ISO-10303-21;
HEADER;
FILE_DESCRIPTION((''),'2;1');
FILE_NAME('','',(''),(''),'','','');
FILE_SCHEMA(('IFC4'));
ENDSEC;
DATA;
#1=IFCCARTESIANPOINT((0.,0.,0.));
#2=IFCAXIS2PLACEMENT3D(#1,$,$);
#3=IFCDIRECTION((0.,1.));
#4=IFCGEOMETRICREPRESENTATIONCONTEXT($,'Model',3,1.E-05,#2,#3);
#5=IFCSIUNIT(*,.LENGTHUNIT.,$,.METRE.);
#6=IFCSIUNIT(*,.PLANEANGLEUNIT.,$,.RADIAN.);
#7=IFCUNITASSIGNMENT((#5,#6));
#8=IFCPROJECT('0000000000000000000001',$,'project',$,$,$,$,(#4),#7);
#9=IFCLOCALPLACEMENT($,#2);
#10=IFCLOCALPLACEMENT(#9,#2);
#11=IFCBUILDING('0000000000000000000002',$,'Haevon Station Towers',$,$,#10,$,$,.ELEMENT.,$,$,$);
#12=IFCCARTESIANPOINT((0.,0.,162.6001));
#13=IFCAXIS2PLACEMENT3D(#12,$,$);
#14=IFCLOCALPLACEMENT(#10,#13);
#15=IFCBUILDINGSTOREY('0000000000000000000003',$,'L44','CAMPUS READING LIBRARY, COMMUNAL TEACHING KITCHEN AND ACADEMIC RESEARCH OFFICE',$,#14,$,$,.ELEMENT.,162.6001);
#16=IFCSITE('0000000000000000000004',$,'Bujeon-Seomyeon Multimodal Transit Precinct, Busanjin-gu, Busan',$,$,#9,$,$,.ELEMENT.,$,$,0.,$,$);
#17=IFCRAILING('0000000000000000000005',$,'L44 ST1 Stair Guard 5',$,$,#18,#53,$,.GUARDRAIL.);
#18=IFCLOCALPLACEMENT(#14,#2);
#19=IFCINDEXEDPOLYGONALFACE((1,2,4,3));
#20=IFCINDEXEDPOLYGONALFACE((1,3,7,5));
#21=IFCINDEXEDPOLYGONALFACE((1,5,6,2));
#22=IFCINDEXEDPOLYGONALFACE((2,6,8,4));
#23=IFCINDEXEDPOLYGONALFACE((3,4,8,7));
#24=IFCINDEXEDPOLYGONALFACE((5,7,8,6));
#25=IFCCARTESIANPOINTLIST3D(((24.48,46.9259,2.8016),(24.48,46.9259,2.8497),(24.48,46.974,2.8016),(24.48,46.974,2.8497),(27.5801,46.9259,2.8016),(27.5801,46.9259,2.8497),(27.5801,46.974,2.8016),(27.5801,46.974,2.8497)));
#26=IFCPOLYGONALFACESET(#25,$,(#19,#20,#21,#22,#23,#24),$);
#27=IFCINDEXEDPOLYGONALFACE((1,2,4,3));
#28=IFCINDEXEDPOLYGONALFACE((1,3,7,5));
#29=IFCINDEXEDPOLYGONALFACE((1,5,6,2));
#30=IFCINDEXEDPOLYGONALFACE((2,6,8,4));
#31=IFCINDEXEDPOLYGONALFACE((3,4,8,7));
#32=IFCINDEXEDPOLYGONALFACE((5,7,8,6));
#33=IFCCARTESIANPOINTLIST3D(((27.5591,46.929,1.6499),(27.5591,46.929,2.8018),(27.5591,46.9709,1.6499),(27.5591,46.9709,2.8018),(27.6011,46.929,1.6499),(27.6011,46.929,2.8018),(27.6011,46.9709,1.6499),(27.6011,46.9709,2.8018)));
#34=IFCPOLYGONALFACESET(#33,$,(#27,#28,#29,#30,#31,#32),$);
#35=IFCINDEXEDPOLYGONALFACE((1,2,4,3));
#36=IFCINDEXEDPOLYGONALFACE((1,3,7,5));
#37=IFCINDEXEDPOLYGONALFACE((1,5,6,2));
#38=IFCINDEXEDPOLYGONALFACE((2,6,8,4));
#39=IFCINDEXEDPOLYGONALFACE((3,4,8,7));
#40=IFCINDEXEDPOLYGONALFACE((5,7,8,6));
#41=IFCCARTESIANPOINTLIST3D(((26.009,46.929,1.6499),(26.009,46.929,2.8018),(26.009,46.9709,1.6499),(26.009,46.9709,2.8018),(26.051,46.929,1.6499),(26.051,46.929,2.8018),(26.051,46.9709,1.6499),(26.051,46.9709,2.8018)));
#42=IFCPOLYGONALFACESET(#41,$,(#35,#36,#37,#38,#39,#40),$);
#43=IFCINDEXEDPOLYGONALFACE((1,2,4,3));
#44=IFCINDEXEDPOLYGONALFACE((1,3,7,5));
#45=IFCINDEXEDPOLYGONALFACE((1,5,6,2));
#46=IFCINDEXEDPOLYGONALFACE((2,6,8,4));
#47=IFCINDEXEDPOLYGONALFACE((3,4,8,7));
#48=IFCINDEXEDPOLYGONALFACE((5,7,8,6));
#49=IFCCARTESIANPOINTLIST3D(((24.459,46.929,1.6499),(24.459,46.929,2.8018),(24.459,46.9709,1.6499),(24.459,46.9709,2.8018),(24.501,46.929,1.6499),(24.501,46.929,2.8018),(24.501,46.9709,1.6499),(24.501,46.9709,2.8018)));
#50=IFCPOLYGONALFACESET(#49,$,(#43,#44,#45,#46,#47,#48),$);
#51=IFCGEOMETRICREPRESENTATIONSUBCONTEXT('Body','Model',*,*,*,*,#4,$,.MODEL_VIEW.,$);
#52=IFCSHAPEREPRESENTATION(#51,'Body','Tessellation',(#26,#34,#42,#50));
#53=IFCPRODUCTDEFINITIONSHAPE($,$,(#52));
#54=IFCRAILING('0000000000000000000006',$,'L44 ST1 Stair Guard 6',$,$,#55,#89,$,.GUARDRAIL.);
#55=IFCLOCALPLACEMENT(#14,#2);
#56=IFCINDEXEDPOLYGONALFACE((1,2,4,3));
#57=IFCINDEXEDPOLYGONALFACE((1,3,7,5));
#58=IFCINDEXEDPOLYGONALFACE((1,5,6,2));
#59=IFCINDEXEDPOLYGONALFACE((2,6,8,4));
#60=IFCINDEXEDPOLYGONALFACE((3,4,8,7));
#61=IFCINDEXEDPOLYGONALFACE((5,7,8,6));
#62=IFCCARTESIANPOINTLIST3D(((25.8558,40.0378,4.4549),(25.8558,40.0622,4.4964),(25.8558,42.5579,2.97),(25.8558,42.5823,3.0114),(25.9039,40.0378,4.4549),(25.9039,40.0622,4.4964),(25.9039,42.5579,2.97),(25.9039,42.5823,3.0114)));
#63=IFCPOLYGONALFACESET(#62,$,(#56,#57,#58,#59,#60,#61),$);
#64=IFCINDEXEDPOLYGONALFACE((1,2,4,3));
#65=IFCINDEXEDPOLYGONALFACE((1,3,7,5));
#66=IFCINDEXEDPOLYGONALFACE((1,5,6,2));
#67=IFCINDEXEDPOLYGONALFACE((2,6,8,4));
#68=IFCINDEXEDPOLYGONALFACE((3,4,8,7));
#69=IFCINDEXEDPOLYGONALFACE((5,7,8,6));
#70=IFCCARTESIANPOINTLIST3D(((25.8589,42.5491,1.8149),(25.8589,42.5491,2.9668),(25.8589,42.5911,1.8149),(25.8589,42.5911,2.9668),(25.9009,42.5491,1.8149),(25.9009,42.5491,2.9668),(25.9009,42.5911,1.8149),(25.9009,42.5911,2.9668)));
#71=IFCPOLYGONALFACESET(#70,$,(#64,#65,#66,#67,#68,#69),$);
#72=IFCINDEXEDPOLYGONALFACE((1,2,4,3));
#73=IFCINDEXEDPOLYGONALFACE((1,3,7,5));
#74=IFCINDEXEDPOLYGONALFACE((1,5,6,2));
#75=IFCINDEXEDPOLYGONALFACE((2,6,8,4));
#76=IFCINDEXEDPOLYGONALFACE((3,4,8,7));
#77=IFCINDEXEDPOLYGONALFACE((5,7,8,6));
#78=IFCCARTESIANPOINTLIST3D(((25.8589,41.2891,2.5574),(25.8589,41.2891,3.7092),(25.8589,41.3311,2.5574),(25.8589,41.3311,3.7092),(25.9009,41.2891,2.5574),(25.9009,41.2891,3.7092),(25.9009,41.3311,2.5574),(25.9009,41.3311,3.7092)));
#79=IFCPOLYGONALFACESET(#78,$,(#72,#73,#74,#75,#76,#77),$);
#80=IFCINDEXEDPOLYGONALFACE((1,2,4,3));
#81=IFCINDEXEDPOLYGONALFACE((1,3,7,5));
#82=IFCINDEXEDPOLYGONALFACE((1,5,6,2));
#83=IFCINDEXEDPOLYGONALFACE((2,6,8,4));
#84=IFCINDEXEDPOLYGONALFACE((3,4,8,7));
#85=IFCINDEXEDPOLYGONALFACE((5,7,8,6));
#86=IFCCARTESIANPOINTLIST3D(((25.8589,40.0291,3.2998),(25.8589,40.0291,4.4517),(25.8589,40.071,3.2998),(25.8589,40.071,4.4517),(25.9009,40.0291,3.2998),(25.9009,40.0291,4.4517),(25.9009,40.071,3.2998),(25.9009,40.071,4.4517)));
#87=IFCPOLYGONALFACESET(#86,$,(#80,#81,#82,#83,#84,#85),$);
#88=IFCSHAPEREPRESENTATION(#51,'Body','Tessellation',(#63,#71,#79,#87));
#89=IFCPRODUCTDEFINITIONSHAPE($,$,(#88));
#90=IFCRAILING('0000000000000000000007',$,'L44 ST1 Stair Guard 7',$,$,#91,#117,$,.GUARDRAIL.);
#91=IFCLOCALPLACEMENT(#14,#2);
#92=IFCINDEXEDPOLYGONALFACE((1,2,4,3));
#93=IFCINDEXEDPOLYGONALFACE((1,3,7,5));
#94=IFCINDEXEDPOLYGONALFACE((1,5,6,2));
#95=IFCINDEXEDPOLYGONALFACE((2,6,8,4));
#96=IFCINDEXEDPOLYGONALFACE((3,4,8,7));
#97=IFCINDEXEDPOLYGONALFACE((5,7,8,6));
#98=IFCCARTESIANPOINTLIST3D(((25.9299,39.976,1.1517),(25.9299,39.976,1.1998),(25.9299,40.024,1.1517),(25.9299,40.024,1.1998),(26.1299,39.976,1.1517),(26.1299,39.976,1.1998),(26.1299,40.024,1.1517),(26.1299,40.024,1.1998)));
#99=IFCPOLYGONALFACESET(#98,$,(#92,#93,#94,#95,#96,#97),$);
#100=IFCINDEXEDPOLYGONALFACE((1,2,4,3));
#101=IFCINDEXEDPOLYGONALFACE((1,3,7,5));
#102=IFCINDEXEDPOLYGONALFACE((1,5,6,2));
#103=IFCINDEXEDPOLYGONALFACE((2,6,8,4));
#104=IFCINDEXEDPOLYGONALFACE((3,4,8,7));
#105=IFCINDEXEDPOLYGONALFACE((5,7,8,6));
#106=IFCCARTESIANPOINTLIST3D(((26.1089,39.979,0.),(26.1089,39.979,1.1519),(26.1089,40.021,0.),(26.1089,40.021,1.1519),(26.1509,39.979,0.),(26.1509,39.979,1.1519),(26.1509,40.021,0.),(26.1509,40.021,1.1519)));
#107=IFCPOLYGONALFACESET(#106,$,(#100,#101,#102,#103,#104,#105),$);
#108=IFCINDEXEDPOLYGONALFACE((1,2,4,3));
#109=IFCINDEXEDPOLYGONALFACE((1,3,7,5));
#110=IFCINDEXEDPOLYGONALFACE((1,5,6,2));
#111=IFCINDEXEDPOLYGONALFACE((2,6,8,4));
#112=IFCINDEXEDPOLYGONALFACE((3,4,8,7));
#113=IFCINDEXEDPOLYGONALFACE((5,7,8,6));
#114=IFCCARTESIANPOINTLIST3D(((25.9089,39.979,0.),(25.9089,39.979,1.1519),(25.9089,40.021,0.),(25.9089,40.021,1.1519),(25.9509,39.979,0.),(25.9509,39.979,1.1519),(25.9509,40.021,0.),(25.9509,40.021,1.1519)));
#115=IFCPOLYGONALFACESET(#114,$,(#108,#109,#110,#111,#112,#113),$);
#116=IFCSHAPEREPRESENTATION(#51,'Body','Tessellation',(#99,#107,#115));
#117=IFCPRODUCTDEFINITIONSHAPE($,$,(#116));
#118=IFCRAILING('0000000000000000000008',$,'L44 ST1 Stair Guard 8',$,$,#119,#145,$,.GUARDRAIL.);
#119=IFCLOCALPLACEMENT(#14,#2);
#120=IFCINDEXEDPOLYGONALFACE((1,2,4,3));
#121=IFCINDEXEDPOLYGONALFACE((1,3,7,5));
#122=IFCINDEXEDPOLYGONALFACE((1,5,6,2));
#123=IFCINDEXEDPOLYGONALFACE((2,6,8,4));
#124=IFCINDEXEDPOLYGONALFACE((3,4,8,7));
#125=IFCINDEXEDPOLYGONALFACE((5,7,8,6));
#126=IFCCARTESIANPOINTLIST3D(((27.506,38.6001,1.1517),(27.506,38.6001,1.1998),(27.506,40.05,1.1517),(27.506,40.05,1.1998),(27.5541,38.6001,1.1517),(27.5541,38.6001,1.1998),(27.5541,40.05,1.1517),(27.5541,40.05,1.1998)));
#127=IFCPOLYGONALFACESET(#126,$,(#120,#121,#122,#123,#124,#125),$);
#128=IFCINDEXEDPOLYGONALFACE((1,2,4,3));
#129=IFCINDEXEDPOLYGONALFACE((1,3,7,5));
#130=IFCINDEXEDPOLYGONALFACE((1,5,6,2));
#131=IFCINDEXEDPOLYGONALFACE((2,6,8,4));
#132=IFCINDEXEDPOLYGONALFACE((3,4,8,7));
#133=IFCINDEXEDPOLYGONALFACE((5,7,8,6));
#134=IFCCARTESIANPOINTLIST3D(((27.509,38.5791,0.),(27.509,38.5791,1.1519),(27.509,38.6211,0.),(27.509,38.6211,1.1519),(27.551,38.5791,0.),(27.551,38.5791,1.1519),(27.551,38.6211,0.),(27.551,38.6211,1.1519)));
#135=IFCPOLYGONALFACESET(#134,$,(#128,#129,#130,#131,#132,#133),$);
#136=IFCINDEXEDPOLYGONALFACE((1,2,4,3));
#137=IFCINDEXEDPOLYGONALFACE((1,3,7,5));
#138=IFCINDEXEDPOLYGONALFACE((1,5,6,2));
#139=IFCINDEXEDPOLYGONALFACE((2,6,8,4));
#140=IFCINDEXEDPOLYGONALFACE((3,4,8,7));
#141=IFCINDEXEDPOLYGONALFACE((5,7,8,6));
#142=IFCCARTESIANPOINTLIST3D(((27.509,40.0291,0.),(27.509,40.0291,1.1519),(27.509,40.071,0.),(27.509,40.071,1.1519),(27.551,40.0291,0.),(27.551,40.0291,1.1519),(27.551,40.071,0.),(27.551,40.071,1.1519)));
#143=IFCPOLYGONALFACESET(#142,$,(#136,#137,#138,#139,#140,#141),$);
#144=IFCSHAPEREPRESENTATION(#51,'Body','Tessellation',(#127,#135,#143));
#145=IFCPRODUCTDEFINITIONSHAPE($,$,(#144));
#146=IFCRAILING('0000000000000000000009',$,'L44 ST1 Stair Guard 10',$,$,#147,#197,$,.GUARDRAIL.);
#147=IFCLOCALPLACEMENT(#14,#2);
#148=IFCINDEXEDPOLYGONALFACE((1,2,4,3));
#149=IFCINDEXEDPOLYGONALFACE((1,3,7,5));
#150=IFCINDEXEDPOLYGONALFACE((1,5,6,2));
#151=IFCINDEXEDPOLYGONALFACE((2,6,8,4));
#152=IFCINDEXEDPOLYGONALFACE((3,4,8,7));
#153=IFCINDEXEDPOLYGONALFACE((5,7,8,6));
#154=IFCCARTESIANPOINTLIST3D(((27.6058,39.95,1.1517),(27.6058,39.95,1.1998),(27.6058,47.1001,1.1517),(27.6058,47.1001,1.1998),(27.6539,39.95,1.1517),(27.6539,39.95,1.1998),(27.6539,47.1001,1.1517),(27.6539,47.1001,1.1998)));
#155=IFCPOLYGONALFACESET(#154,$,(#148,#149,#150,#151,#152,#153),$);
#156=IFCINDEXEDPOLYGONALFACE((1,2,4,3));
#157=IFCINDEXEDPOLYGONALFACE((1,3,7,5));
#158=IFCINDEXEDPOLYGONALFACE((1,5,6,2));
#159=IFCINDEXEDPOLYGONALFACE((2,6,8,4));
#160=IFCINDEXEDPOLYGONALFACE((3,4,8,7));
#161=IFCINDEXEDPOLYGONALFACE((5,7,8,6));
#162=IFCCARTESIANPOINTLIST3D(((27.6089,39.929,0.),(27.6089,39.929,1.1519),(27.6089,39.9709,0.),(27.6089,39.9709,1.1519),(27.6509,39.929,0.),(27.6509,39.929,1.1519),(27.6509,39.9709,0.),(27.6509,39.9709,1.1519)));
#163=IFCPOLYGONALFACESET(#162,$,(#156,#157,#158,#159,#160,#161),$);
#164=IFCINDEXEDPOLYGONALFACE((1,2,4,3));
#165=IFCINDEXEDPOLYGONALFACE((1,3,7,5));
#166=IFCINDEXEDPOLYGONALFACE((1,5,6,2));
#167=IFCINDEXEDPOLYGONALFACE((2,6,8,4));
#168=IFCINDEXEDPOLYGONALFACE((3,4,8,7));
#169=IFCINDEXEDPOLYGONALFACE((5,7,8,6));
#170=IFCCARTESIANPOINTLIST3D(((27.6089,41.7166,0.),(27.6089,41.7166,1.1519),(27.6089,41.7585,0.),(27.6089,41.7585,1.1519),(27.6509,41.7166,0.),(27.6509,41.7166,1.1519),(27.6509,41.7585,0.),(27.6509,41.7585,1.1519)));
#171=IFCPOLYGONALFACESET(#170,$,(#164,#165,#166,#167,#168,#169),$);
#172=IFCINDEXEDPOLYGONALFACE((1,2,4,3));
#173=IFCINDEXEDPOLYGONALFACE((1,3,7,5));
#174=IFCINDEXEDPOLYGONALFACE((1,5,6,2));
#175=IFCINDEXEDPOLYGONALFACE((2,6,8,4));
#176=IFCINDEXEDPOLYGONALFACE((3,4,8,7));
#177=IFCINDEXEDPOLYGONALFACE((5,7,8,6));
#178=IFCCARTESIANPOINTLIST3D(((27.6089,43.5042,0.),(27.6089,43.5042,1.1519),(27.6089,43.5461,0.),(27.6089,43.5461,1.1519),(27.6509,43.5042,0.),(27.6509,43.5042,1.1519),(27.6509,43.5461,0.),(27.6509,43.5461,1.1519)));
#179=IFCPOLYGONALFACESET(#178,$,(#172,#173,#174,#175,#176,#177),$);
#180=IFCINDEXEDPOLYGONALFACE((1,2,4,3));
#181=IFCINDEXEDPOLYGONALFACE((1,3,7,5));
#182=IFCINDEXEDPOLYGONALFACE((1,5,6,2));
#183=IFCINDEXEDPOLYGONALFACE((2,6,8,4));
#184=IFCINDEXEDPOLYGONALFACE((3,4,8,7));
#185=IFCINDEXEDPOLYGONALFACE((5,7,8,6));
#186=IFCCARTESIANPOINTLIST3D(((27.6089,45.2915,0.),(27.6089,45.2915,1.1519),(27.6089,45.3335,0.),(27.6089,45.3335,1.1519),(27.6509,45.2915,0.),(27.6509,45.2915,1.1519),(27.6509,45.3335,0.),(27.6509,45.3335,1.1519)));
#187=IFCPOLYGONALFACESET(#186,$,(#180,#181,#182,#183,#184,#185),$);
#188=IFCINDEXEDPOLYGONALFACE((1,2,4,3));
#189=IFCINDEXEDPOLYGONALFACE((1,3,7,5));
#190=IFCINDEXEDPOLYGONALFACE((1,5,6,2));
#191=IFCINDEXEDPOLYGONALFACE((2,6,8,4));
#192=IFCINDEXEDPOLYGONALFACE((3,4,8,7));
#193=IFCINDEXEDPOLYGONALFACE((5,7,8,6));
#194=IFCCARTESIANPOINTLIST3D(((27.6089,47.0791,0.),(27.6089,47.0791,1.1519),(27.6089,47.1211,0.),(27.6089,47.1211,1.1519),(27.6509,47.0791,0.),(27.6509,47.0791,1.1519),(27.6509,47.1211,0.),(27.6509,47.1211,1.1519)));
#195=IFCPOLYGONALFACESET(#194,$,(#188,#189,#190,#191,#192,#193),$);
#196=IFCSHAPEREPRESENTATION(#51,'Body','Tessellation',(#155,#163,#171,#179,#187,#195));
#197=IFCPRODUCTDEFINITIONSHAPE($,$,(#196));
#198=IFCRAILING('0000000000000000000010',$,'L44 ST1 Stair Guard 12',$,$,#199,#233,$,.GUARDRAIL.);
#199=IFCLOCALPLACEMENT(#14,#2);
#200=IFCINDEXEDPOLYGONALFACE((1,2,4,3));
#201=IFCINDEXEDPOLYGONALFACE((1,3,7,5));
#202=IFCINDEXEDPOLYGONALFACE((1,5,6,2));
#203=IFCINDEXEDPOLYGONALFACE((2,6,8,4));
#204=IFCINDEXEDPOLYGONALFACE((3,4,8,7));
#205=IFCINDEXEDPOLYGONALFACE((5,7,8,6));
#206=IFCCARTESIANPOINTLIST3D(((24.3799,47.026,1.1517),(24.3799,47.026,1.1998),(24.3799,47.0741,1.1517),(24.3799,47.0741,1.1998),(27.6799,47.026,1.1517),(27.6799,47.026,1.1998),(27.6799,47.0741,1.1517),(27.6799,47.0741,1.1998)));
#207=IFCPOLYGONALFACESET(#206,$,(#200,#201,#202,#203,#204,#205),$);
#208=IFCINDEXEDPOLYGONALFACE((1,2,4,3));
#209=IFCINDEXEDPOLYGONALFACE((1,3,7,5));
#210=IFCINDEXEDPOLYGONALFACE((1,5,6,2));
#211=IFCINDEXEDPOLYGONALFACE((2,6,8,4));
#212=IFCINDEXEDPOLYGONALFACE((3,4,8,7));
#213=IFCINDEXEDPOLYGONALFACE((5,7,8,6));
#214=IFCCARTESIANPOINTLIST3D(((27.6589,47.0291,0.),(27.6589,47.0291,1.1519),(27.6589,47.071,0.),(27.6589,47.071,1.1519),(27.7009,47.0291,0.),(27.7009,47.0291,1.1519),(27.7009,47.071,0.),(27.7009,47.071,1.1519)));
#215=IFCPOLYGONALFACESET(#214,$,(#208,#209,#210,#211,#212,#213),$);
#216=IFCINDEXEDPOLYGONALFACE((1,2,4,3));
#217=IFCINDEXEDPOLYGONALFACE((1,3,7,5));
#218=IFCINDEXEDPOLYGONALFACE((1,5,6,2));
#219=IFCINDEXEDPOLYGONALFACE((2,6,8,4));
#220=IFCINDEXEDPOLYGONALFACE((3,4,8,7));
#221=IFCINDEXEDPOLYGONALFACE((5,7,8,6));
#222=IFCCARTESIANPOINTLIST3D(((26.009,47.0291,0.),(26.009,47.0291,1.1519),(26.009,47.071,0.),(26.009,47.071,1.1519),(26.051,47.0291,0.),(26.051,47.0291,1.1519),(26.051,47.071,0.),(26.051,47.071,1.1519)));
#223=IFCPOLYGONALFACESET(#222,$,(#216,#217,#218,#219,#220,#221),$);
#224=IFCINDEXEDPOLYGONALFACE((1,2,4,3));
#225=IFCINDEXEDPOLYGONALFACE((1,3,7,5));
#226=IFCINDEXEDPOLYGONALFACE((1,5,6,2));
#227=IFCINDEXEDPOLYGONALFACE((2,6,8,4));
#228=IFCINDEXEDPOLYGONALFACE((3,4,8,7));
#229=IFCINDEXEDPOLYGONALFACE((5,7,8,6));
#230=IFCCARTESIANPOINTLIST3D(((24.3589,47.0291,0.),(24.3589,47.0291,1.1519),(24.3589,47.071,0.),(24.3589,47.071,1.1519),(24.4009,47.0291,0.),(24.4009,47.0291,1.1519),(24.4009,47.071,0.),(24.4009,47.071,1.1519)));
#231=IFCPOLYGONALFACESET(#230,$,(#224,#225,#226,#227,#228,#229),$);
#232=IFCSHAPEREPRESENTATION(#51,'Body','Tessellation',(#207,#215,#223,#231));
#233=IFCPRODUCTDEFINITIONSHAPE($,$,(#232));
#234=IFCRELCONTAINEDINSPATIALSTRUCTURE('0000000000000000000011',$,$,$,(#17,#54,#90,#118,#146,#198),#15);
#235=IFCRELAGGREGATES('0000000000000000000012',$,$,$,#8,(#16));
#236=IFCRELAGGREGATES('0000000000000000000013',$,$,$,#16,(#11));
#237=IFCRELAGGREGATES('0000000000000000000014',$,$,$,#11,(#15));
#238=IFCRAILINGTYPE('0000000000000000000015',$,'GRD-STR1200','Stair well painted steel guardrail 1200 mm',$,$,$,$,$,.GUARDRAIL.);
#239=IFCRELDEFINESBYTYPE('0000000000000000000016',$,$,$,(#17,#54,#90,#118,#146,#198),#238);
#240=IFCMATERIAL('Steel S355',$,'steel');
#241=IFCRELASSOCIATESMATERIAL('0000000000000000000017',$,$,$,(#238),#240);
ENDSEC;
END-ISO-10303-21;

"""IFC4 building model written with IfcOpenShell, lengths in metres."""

from ifc_helpers import new_model, si_unit, direction, frame, origin, origin_2d, place, context, subcontext, project, spatial, rectangle, extrude, material, type_object, element, save


model = new_model("IFC4")

# Units and contexts
model_context = context("Model", 3, precision=1e-05, world=origin(), true_north=direction((0.0, 1.0)))
body_context = subcontext(model_context, "Body", "Model", "MODEL_VIEW")
ifc_project = project(units=[si_unit("LENGTHUNIT", "METRE"), si_unit("PLANEANGLEUNIT", "RADIAN")], contexts=[model_context])

# Site, building, storey
site_placement = place(None, origin())
site = spatial("IfcSite", under=ifc_project, at=site_placement, Name="Bujeon-Seomyeon Multimodal Transit Precinct, Busanjin-gu, Busan", CompositionType="ELEMENT", RefElevation=0.0)
building_placement = place(site_placement, origin())
building = spatial("IfcBuilding", under=site, at=building_placement, Name="Haevon Station Towers", CompositionType="ELEMENT")
storey_placement = place(building_placement, frame((0.0, 0.0, 162.6001)))
storey = spatial("IfcBuildingStorey", under=building, at=storey_placement, Name="L44", Description="CAMPUS READING LIBRARY, COMMUNAL TEACHING KITCHEN AND ACADEMIC RESEARCH OFFICE", CompositionType="ELEMENT", Elevation=162.6001)

# Shared definitions
ifc_material_1 = material(Name="Steel S355", Category="steel")

# Railings
railing_type_1 = type_object("IfcRailingType", Name="GRD-STR1200", Description="Stair well painted steel guardrail 1200 mm", PredefinedType="GUARDRAIL", material=ifc_material_1)
railing_1_placement = place(storey_placement, frame((27.5801, 46.95, 1.6499)))
element("IfcRailing", 1, at=railing_1_placement, inside=storey, type_object=railing_type_1, Name="L44 ST1 Stair Guard 5", PredefinedType="GUARDRAIL", context=body_context, shape_type="SweptSolid", body=[
    extrude(rectangle(XDim=0.0481, YDim=0.0481, at=origin_2d()), frame((0.0, 0.0, 1.1758), z_axis=(-1.0, 0.0, 0.0), x_axis=(0.0, -1.0, 0.0)), (0.0, 0.0, 1.0), 3.1001),
    extrude(rectangle(XDim=0.042, YDim=0.042, at=origin_2d()), origin(), (0.0, 0.0, 1.0), 1.1519),
    extrude(rectangle(XDim=0.042, YDim=0.042, at=origin_2d()), frame((-1.55, 0.0, 0.0)), (0.0, 0.0, 1.0), 1.1519),
    extrude(rectangle(XDim=0.042, YDim=0.042, at=origin_2d()), frame((-3.1001, 0.0, 0.0)), (0.0, 0.0, 1.0), 1.1519),
])
railing_2_placement = place(storey_placement, frame((25.8799, 42.5701, 1.8149)))
element("IfcRailing", 2, at=railing_2_placement, inside=storey, type_object=railing_type_1, Name="L44 ST1 Stair Guard 6", PredefinedType="GUARDRAIL", context=body_context, shape_type="SweptSolid", body=[
    extrude(rectangle(XDim=0.0481, YDim=0.0481, at=origin_2d()), frame((0.0, 0.0, 1.1758), z_axis=(0.0, -0.861561, 0.507655), x_axis=(1.0, 0.0, 0.0)), (0.0, 0.0, 1.0), 2.925),
    extrude(rectangle(XDim=0.042, YDim=0.042, at=origin_2d()), origin(), (0.0, 0.0, 1.0), 1.1519),
    extrude(rectangle(XDim=0.042, YDim=0.042, at=origin_2d()), frame((0.0, -1.26, 0.7424)), (0.0, 0.0, 1.0), 1.1519),
    extrude(rectangle(XDim=0.042, YDim=0.042, at=origin_2d()), frame((0.0, -2.52, 1.4849)), (0.0, 0.0, 1.0), 1.1519),
])
railing_3_placement = place(storey_placement, frame((26.1299, 40.0, 0.0)))
element("IfcRailing", 3, at=railing_3_placement, inside=storey, type_object=railing_type_1, Name="L44 ST1 Stair Guard 7", PredefinedType="GUARDRAIL", context=body_context, shape_type="SweptSolid", body=[
    extrude(rectangle(XDim=0.0481, YDim=0.0481, at=origin_2d()), frame((0.0, 0.0, 1.1758), z_axis=(-1.0, 0.0, 0.0), x_axis=(0.0, -1.0, 0.0)), (0.0, 0.0, 1.0), 0.2),
    extrude(rectangle(XDim=0.042, YDim=0.042, at=origin_2d()), origin(), (0.0, 0.0, 1.0), 1.1519),
    extrude(rectangle(XDim=0.042, YDim=0.042, at=origin_2d()), frame((-0.2, 0.0, 0.0)), (0.0, 0.0, 1.0), 1.1519),
])
railing_4_placement = place(storey_placement, frame((27.53, 38.6001, 0.0)))
element("IfcRailing", 4, at=railing_4_placement, inside=storey, type_object=railing_type_1, Name="L44 ST1 Stair Guard 8", PredefinedType="GUARDRAIL", context=body_context, shape_type="SweptSolid", body=[
    extrude(rectangle(XDim=0.0481, YDim=0.0481, at=origin_2d()), frame((0.0, 0.0, 1.1758), z_axis=(0.0, 1.0, 0.0), x_axis=(-1.0, 0.0, 0.0)), (0.0, 0.0, 1.0), 1.45),
    extrude(rectangle(XDim=0.042, YDim=0.042, at=origin_2d()), origin(), (0.0, 0.0, 1.0), 1.1519),
    extrude(rectangle(XDim=0.042, YDim=0.042, at=origin_2d()), frame((0.0, 1.45, 0.0)), (0.0, 0.0, 1.0), 1.1519),
])
railing_5_placement = place(storey_placement, frame((27.6299, 39.95, 0.0)))
element("IfcRailing", 5, at=railing_5_placement, inside=storey, type_object=railing_type_1, Name="L44 ST1 Stair Guard 10", PredefinedType="GUARDRAIL", context=body_context, shape_type="SweptSolid", body=[
    extrude(rectangle(XDim=0.0481, YDim=0.0481, at=origin_2d()), frame((0.0, 0.0, 1.1758), z_axis=(0.0, 1.0, 0.0), x_axis=(-1.0, 0.0, 0.0)), (0.0, 0.0, 1.0), 7.1501),
    extrude(rectangle(XDim=0.042, YDim=0.042, at=origin_2d()), origin(), (0.0, 0.0, 1.0), 1.1519),
    extrude(rectangle(XDim=0.042, YDim=0.042, at=origin_2d()), frame((0.0, 1.7876, 0.0)), (0.0, 0.0, 1.0), 1.1519),
    extrude(rectangle(XDim=0.042, YDim=0.042, at=origin_2d()), frame((0.0, 3.5752, 0.0)), (0.0, 0.0, 1.0), 1.1519),
    extrude(rectangle(XDim=0.042, YDim=0.042, at=origin_2d()), frame((0.0, 5.3625, 0.0)), (0.0, 0.0, 1.0), 1.1519),
    extrude(rectangle(XDim=0.042, YDim=0.042, at=origin_2d()), frame((0.0, 7.1501, 0.0)), (0.0, 0.0, 1.0), 1.1519),
])
railing_6_placement = place(storey_placement, frame((27.6799, 47.05, 0.0)))
element("IfcRailing", 6, at=railing_6_placement, inside=storey, type_object=railing_type_1, Name="L44 ST1 Stair Guard 12", PredefinedType="GUARDRAIL", context=body_context, shape_type="SweptSolid", body=[
    extrude(rectangle(XDim=0.0481, YDim=0.0481, at=origin_2d()), frame((0.0, 0.0, 1.1758), z_axis=(-1.0, 0.0, 0.0), x_axis=(0.0, -1.0, 0.0)), (0.0, 0.0, 1.0), 3.3),
    extrude(rectangle(XDim=0.042, YDim=0.042, at=origin_2d()), origin(), (0.0, 0.0, 1.0), 1.1519),
    extrude(rectangle(XDim=0.042, YDim=0.042, at=origin_2d()), frame((-1.6499, 0.0, 0.0)), (0.0, 0.0, 1.0), 1.1519),
    extrude(rectangle(XDim=0.042, YDim=0.042, at=origin_2d()), frame((-3.3, 0.0, 0.0)), (0.0, 0.0, 1.0), 1.1519),
])

save(model, "model.ifc")
